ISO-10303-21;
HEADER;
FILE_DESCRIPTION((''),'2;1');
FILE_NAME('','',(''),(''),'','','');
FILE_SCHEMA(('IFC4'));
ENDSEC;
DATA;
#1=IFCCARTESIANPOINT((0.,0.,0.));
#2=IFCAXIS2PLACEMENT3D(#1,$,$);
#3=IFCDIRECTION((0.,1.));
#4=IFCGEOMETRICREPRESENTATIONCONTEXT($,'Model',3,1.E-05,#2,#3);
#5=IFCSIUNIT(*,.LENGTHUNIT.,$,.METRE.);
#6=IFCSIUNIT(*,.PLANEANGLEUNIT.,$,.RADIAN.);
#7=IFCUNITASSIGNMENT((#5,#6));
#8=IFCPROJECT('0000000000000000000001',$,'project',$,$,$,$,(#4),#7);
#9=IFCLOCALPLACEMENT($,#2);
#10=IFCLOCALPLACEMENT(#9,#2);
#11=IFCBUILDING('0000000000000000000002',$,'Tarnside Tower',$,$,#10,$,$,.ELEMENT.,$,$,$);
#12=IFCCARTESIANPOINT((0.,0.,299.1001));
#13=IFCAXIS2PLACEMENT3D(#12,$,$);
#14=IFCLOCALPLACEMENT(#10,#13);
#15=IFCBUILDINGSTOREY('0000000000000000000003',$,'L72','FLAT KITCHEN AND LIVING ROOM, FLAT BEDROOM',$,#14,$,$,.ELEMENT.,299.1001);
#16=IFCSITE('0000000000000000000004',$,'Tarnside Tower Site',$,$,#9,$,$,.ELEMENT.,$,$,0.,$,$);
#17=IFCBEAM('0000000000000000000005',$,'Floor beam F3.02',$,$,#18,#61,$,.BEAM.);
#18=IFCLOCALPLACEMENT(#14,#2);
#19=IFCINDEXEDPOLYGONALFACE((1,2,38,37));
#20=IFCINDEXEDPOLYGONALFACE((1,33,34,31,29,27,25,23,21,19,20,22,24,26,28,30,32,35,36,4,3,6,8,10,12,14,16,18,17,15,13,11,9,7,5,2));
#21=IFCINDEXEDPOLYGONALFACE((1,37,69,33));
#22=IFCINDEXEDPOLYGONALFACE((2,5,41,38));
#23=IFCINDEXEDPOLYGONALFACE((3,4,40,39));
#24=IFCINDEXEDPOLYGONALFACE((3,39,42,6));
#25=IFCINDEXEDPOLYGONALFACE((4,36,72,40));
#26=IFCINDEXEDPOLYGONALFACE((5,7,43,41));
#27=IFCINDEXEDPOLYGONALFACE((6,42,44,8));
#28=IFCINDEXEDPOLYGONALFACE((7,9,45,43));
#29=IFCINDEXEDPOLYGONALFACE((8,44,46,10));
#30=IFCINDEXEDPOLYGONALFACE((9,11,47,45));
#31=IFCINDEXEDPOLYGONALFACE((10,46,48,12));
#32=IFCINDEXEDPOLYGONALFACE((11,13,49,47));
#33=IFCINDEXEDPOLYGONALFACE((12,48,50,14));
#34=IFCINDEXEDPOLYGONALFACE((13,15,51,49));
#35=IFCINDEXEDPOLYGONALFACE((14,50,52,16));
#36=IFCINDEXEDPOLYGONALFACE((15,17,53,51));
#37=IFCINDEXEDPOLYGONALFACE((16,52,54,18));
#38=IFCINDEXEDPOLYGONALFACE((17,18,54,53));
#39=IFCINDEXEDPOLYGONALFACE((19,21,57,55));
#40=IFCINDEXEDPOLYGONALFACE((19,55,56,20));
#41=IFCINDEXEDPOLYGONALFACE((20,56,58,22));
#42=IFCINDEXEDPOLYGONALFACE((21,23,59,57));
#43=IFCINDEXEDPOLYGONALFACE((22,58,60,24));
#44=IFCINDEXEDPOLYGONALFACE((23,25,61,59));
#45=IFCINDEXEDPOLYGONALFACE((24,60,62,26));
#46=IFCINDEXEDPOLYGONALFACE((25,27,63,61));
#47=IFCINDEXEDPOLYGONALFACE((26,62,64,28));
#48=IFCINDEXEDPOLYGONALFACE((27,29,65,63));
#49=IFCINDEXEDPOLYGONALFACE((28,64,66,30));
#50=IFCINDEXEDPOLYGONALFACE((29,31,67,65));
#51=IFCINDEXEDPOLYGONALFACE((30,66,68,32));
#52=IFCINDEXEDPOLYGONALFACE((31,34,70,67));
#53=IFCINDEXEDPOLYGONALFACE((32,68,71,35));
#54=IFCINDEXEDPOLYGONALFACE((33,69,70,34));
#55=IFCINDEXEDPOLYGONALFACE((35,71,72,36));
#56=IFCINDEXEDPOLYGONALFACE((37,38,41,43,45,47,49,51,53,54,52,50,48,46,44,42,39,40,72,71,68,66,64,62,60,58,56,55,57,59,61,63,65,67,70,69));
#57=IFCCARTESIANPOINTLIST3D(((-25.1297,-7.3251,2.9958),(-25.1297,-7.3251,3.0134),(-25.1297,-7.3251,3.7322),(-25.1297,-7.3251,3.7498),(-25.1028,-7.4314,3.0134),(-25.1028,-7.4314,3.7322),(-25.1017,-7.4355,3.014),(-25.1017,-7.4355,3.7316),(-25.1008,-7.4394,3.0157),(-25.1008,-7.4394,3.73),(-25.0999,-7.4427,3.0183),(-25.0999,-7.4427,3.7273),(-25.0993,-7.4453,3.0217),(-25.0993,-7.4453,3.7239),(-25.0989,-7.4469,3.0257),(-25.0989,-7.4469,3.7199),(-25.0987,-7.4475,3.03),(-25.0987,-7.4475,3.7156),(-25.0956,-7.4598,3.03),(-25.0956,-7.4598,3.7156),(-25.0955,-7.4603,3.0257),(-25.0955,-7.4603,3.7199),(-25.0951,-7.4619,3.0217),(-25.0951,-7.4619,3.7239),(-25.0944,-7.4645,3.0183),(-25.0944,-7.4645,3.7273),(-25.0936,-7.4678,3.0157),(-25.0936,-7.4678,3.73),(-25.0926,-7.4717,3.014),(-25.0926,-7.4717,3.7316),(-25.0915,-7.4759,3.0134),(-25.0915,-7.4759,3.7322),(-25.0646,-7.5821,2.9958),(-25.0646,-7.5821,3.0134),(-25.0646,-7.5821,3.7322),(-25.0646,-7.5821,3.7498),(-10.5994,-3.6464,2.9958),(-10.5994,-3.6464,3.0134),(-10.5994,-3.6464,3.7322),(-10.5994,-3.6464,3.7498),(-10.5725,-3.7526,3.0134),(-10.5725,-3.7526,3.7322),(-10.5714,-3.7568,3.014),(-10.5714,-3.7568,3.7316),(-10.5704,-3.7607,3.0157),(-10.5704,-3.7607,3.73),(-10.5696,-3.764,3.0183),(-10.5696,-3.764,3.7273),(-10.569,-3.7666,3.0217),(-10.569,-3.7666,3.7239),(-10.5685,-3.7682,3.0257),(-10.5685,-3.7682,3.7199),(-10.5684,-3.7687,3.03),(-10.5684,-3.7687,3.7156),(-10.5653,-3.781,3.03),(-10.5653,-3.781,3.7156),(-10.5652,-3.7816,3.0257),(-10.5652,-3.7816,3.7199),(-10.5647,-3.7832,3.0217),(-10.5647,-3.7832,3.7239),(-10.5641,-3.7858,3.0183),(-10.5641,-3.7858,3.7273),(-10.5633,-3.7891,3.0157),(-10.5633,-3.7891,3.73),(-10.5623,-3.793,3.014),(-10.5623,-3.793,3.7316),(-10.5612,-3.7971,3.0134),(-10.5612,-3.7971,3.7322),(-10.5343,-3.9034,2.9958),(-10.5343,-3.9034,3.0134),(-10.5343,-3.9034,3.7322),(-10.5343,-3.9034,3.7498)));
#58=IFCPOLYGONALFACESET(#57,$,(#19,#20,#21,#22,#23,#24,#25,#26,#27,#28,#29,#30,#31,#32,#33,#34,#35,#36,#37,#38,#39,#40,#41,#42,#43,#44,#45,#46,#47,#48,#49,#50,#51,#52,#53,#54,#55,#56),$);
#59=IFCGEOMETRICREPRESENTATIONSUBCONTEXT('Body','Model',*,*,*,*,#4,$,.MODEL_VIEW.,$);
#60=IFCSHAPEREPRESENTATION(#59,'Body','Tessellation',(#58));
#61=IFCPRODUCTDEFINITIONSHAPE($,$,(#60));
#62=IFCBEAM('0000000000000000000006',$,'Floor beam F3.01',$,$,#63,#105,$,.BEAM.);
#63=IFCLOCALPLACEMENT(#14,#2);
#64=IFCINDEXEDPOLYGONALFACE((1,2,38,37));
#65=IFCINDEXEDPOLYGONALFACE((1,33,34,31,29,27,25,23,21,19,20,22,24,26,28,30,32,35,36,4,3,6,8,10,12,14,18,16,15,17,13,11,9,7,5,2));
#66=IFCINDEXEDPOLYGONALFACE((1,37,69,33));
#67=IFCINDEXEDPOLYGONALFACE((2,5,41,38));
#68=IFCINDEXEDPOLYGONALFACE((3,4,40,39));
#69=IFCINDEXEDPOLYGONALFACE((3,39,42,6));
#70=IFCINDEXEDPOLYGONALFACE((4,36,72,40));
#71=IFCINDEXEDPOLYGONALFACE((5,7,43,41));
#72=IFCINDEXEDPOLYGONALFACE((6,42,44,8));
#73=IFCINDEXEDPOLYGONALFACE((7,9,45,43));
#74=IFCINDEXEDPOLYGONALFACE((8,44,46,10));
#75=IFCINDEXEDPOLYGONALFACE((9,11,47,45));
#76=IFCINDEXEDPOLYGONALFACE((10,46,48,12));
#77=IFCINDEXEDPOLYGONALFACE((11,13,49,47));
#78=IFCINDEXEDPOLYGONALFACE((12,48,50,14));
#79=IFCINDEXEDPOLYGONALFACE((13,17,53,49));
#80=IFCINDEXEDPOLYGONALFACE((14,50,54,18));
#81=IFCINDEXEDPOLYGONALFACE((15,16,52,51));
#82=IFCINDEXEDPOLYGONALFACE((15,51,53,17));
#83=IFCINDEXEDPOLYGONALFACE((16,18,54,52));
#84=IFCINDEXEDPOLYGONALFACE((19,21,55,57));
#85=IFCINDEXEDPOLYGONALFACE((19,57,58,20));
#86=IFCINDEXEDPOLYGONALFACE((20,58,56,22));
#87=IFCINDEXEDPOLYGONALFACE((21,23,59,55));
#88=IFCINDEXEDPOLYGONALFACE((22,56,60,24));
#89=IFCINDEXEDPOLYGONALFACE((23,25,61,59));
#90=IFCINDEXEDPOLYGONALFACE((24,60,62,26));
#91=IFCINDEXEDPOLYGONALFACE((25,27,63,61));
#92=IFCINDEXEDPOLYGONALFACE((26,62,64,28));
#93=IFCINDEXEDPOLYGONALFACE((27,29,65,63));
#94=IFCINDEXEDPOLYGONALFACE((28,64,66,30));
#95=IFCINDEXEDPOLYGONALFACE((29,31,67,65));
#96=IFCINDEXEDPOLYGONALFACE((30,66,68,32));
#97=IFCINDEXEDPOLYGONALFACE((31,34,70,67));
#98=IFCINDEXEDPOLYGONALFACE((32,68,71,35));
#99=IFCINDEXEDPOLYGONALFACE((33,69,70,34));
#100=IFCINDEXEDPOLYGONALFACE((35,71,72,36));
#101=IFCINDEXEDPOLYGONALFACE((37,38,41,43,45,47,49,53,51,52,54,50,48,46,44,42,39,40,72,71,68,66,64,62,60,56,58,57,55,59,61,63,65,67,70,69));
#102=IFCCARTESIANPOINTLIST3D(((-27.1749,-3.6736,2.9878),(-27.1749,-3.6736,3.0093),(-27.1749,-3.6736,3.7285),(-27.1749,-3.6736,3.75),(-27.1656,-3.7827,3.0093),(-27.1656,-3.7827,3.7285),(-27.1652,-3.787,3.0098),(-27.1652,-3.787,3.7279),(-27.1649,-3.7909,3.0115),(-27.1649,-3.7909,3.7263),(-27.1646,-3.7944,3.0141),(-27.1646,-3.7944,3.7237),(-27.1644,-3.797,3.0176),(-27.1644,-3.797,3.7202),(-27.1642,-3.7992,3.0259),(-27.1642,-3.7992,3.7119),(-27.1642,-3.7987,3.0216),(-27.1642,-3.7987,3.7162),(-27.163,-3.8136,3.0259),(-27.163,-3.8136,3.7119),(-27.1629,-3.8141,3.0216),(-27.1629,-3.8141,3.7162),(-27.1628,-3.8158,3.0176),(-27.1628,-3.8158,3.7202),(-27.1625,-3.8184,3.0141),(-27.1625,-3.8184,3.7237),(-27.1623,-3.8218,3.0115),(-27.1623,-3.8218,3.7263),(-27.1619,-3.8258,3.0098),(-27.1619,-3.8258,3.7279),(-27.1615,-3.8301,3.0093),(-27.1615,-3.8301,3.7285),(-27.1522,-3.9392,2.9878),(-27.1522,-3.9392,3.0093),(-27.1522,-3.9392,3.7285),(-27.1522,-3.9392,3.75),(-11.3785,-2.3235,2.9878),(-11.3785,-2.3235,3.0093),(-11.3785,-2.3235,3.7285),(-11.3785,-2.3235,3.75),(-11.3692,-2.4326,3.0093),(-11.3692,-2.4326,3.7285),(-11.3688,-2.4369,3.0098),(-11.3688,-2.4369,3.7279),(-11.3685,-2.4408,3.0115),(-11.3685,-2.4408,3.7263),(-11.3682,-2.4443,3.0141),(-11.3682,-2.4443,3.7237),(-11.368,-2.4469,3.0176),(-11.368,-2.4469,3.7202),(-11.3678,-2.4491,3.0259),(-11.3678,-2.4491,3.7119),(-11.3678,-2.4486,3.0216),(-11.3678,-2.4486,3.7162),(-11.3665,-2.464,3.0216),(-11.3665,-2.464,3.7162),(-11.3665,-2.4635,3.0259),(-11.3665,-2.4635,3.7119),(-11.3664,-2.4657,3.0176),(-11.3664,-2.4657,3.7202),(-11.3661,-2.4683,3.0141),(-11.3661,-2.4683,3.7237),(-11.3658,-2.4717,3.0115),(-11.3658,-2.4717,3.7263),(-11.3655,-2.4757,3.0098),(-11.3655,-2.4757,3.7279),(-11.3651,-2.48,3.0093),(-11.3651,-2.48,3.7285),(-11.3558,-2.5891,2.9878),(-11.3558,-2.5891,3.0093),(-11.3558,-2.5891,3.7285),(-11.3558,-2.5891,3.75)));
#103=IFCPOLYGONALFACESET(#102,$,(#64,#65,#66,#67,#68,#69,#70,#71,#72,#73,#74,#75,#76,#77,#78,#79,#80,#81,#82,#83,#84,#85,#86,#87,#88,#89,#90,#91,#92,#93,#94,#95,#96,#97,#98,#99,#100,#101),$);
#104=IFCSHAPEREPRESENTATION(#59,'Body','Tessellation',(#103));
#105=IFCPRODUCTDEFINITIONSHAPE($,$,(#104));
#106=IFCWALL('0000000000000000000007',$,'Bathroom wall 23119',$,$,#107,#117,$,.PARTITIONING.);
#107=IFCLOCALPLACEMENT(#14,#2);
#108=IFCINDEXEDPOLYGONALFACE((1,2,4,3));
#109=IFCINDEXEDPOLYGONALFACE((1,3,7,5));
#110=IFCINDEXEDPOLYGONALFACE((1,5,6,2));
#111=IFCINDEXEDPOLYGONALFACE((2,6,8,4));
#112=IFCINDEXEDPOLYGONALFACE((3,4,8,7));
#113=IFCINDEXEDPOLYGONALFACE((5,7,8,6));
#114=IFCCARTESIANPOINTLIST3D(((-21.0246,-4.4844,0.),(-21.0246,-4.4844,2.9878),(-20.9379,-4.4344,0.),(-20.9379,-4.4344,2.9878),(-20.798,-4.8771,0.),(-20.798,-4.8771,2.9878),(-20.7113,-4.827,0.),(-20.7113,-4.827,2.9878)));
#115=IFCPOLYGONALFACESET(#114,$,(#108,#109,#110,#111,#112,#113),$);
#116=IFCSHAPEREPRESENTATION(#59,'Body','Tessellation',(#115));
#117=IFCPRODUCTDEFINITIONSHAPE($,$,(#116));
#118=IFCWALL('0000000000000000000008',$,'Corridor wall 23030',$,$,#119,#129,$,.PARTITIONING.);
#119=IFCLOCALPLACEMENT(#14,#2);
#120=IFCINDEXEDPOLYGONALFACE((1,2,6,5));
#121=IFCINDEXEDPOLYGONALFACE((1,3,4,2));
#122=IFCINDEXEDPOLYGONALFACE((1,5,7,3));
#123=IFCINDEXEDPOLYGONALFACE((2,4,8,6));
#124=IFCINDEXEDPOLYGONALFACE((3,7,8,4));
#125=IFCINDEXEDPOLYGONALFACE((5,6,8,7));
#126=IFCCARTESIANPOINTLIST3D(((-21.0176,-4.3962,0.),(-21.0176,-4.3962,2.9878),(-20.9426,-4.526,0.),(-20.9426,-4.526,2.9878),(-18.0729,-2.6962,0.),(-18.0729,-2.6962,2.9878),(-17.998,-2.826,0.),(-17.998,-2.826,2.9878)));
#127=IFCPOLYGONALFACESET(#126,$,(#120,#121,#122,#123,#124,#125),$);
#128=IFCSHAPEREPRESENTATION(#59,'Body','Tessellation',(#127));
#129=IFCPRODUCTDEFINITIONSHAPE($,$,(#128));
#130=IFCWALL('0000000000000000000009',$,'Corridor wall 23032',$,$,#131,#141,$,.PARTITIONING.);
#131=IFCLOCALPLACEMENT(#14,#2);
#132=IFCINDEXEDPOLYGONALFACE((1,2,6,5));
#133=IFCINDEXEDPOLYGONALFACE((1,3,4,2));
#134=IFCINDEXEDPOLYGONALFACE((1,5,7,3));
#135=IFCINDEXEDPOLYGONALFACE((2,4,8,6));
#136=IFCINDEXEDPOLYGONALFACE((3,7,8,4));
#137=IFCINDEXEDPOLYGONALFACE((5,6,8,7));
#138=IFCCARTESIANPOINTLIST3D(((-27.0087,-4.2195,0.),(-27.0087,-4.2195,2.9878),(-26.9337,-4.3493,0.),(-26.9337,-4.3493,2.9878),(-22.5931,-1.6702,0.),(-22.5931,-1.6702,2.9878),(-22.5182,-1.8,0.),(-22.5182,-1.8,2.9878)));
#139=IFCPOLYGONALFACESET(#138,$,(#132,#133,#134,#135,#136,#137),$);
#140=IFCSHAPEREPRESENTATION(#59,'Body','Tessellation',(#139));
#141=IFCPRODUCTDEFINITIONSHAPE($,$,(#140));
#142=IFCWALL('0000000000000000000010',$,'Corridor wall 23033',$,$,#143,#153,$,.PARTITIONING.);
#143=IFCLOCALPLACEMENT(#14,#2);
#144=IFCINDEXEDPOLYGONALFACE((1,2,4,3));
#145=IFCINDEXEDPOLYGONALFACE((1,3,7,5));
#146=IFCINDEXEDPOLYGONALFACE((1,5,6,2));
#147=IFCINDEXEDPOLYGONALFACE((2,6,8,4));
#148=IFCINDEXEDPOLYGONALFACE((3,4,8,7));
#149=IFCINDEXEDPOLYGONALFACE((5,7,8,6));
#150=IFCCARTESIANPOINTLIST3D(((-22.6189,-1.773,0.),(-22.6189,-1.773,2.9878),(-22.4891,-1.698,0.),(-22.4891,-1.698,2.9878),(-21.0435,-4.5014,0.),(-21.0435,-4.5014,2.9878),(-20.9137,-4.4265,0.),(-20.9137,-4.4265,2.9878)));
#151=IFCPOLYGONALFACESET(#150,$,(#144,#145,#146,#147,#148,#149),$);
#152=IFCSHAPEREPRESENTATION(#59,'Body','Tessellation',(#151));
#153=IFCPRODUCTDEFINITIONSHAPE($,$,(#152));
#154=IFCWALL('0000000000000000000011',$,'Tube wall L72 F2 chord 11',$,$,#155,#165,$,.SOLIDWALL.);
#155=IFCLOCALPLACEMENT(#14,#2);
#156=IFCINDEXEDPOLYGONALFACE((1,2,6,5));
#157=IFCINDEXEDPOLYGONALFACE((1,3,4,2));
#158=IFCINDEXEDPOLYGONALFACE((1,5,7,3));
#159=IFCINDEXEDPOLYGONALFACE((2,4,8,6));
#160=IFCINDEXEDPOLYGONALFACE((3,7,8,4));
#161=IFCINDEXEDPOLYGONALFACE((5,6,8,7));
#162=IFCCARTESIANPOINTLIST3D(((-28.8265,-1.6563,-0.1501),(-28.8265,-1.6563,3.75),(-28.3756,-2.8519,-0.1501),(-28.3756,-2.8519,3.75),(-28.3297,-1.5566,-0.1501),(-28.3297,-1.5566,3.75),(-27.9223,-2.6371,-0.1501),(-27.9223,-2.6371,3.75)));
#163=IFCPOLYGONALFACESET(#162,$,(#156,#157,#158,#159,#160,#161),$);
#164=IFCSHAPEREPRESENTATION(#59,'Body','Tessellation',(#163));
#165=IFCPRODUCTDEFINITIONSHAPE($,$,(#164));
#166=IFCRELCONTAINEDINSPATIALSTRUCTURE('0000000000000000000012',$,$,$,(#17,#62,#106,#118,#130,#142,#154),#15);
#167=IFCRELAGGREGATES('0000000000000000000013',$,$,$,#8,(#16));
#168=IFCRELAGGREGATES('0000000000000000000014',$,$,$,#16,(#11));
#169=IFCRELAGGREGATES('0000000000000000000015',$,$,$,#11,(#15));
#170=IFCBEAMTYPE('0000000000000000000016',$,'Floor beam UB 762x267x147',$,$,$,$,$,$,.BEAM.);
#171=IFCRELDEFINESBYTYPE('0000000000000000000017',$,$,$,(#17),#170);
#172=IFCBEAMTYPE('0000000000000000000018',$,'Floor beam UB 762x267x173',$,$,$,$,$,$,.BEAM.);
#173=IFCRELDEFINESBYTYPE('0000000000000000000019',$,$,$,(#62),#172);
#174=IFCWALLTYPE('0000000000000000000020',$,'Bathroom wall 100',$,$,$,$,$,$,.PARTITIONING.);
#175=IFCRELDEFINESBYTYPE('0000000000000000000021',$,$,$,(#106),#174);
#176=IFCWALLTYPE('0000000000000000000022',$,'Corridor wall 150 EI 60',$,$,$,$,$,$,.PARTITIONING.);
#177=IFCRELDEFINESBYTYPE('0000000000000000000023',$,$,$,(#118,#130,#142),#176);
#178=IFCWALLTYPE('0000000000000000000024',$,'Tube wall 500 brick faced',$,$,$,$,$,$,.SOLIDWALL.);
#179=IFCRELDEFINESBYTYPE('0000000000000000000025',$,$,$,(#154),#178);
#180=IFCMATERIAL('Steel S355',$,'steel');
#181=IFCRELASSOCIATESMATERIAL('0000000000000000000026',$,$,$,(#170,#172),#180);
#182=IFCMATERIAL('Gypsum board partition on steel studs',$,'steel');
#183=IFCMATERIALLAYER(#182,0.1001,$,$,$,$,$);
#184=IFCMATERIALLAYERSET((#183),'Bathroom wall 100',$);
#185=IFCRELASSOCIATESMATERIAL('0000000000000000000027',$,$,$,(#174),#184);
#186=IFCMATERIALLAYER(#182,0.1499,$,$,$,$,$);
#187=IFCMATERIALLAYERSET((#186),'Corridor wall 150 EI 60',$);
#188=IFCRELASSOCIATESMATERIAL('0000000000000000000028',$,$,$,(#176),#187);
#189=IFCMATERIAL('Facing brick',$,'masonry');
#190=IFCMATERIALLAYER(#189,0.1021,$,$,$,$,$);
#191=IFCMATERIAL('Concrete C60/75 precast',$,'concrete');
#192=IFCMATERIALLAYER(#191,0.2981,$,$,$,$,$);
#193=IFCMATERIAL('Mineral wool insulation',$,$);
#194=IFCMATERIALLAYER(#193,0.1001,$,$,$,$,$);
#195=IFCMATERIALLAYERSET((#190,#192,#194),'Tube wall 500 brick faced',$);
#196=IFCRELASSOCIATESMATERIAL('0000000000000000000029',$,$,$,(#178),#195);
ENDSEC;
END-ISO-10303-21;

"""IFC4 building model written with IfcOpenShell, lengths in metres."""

from ifc_helpers import new_model, si_unit, direction, frame, frame_2d, origin, origin_2d, place, context, subcontext, project, spatial, polyline, rectangle, i_section, outline, extrude, material, layer, layer_set, material_profile, profile_set, type_object, element, save


model = new_model("IFC4")

# Units and contexts
model_context = context("Model", 3, precision=1e-05, world=origin(), true_north=direction((0.0, 1.0)))
body_context = subcontext(model_context, "Body", "Model", "MODEL_VIEW")
ifc_project = project(units=[si_unit("LENGTHUNIT", "METRE"), si_unit("PLANEANGLEUNIT", "RADIAN")], contexts=[model_context])

# Site, building, storey
site_placement = place(None, origin())
site = spatial("IfcSite", under=ifc_project, at=site_placement, Name="Tarnside Tower Site", CompositionType="ELEMENT", RefElevation=0.0)
building_placement = place(site_placement, origin())
building = spatial("IfcBuilding", under=site, at=building_placement, Name="Tarnside Tower", CompositionType="ELEMENT")
storey_placement = place(building_placement, frame((0.0, 0.0, 299.1001)))
storey = spatial("IfcBuildingStorey", under=building, at=storey_placement, Name="L72", Description="FLAT KITCHEN AND LIVING ROOM, FLAT BEDROOM", CompositionType="ELEMENT", Elevation=299.1001)

# Beams
ifc_material_1 = material(Name="Steel S355", Category="steel")
ifc_material_profile_1 = material_profile(ifc_material_1, i_section(OverallWidth=0.2651, OverallDepth=0.7539, WebThickness=0.0127, FlangeThickness=0.0176, FilletRadius=0.0166, at=origin_2d()), Name="UB 762x267x147")
ifc_profile_set_1 = profile_set([ifc_material_profile_1], Name="Steel S355")
beam_type_1 = type_object("IfcBeamType", Name="Floor beam UB 762x267x147", PredefinedType="BEAM", material=ifc_profile_set_1)
beam_1_placement = place(storey_placement, frame((-25.0972, -7.4536, 3.3728), z_axis=(0.969414, 0.245432, 0.0), x_axis=(-0.245432, 0.969414, 0.0)))
element("IfcBeam", 1, at=beam_1_placement, inside=storey, type_object=beam_type_1, Name="Floor beam F3.02", PredefinedType="BEAM", context=body_context, shape_type="SweptSolid", body=[
    extrude(i_section(OverallWidth=0.2651, OverallDepth=0.7539, WebThickness=0.0127, FlangeThickness=0.0176, FilletRadius=0.0166, at=origin_2d()), origin(), (0.0, 0.0, 1.0), 14.9888),
])
ifc_material_profile_2 = material_profile(ifc_material_1, i_section(OverallWidth=0.2666, OverallDepth=0.7622, WebThickness=0.0144, FlangeThickness=0.0215, FilletRadius=0.0166, at=origin_2d()), Name="UB 762x267x173")
ifc_profile_set_2 = profile_set([ifc_material_profile_2], Name="Steel S355")
beam_type_2 = type_object("IfcBeamType", Name="Floor beam UB 762x267x173", PredefinedType="BEAM", material=ifc_profile_set_2)
beam_2_placement = place(storey_placement, frame((-27.1636, -3.8064, 3.3689), z_axis=(0.996367, 0.085158, 0.0), x_axis=(-0.085158, 0.996367, 0.0)))
element("IfcBeam", 2, at=beam_2_placement, inside=storey, type_object=beam_type_2, Name="Floor beam F3.01", PredefinedType="BEAM", context=body_context, shape_type="SweptSolid", body=[
    extrude(i_section(OverallWidth=0.2666, OverallDepth=0.7622, WebThickness=0.0144, FlangeThickness=0.0215, FilletRadius=0.0166, at=origin_2d()), origin(), (0.0, 0.0, 1.0), 15.854),
])

# Walls
ifc_material_2 = material(Name="Gypsum board partition on steel studs", Category="steel")
ifc_layer_1 = layer(ifc_material_2, 0.1001)
ifc_layer_set_1 = layer_set([ifc_layer_1], Name="Bathroom wall 100")
wall_type_1 = type_object("IfcWallType", Name="Bathroom wall 100", PredefinedType="PARTITIONING", material=ifc_layer_set_1)
wall_1_placement = place(storey_placement, frame((-20.9812, -4.4595, 0.0), z_axis=(0.0, 0.0, 1.0), x_axis=(0.499847, -0.866114, 0.0)))
element("IfcWall", 3, at=wall_1_placement, inside=storey, type_object=wall_type_1, Name="Bathroom wall 23119", PredefinedType="PARTITIONING", context=body_context, shape_type="SweptSolid", body=[
    extrude(rectangle(XDim=0.4534, YDim=0.1001, at=frame_2d((0.2266, 0.0))), origin(), (0.0, 0.0, 1.0), 2.9878),
])
ifc_layer_2 = layer(ifc_material_2, 0.1499)
ifc_layer_set_2 = layer_set([ifc_layer_2], Name="Corridor wall 150 EI 60")
wall_type_2 = type_object("IfcWallType", Name="Corridor wall 150 EI 60", PredefinedType="PARTITIONING", material=ifc_layer_set_2)
wall_2_placement = place(storey_placement, frame((-20.9802, -4.4612, 0.0), z_axis=(0.0, 0.0, 1.0), x_axis=(0.866039, 0.499977, 0.0)))
element("IfcWall", 4, at=wall_2_placement, inside=storey, type_object=wall_type_2, Name="Corridor wall 23030", PredefinedType="PARTITIONING", context=body_context, shape_type="SweptSolid", body=[
    extrude(rectangle(XDim=3.4001, YDim=0.1499, at=frame_2d((1.7002, 0.0))), origin(), (0.0, 0.0, 1.0), 2.9878),
])
wall_3_placement = place(storey_placement, frame((-26.9712, -4.2844, 0.0), z_axis=(0.0, 0.0, 1.0), x_axis=(0.866025, 0.500002, 0.0)))
element("IfcWall", 5, at=wall_3_placement, inside=storey, type_object=wall_type_2, Name="Corridor wall 23032", PredefinedType="PARTITIONING", context=body_context, shape_type="SweptSolid", body=[
    extrude(rectangle(XDim=5.0986, YDim=0.1499, at=frame_2d((2.5493, 0.0))), origin(), (0.0, 0.0, 1.0), 2.9878),
])
wall_4_placement = place(storey_placement, frame((-22.554, -1.7356, 0.0), z_axis=(0.0, 0.0, 1.0), x_axis=(0.500031, -0.866008, 0.0)))
element("IfcWall", 6, at=wall_4_placement, inside=storey, type_object=wall_type_2, Name="Corridor wall 23033", PredefinedType="PARTITIONING", context=body_context, shape_type="SweptSolid", body=[
    extrude(rectangle(XDim=3.1506, YDim=0.1499, at=frame_2d((1.5752, 0.0))), origin(), (0.0, 0.0, 1.0), 2.9878),
])
ifc_material_3 = material(Name="Facing brick", Category="masonry")
ifc_layer_3 = layer(ifc_material_3, 0.1021)
ifc_material_4 = material(Name="Concrete C60/75 precast", Category="concrete")
ifc_layer_4 = layer(ifc_material_4, 0.2981)
ifc_material_5 = material(Name="Mineral wool insulation")
ifc_layer_5 = layer(ifc_material_5, 0.1001)
ifc_layer_set_3 = layer_set([ifc_layer_3, ifc_layer_4, ifc_layer_5], Name="Tube wall 500 brick faced")
wall_type_3 = type_object("IfcWallType", Name="Tube wall 500 brick faced", PredefinedType="SOLIDWALL", material=ifc_layer_set_3)
wall_5_placement = place(storey_placement, frame((-28.5781, -1.6064, -0.1501), z_axis=(0.0, 0.0, 1.0), x_axis=(0.352838, -0.935684, 0.0)))
element("IfcWall", 7, at=wall_5_placement, inside=storey, type_object=wall_type_3, Name="Tube wall L72 F2 chord 11", PredefinedType="SOLIDWALL", context=body_context, shape_type="SweptSolid", body=[
    extrude(outline(polyline([(-0.041, -0.25), (1.2368, -0.25), (1.1958, 0.25), (0.041, 0.25), (-0.041, -0.25)])), origin(), (0.0, 0.0, 1.0), 3.9001),
])

save(model, "model.ifc")
